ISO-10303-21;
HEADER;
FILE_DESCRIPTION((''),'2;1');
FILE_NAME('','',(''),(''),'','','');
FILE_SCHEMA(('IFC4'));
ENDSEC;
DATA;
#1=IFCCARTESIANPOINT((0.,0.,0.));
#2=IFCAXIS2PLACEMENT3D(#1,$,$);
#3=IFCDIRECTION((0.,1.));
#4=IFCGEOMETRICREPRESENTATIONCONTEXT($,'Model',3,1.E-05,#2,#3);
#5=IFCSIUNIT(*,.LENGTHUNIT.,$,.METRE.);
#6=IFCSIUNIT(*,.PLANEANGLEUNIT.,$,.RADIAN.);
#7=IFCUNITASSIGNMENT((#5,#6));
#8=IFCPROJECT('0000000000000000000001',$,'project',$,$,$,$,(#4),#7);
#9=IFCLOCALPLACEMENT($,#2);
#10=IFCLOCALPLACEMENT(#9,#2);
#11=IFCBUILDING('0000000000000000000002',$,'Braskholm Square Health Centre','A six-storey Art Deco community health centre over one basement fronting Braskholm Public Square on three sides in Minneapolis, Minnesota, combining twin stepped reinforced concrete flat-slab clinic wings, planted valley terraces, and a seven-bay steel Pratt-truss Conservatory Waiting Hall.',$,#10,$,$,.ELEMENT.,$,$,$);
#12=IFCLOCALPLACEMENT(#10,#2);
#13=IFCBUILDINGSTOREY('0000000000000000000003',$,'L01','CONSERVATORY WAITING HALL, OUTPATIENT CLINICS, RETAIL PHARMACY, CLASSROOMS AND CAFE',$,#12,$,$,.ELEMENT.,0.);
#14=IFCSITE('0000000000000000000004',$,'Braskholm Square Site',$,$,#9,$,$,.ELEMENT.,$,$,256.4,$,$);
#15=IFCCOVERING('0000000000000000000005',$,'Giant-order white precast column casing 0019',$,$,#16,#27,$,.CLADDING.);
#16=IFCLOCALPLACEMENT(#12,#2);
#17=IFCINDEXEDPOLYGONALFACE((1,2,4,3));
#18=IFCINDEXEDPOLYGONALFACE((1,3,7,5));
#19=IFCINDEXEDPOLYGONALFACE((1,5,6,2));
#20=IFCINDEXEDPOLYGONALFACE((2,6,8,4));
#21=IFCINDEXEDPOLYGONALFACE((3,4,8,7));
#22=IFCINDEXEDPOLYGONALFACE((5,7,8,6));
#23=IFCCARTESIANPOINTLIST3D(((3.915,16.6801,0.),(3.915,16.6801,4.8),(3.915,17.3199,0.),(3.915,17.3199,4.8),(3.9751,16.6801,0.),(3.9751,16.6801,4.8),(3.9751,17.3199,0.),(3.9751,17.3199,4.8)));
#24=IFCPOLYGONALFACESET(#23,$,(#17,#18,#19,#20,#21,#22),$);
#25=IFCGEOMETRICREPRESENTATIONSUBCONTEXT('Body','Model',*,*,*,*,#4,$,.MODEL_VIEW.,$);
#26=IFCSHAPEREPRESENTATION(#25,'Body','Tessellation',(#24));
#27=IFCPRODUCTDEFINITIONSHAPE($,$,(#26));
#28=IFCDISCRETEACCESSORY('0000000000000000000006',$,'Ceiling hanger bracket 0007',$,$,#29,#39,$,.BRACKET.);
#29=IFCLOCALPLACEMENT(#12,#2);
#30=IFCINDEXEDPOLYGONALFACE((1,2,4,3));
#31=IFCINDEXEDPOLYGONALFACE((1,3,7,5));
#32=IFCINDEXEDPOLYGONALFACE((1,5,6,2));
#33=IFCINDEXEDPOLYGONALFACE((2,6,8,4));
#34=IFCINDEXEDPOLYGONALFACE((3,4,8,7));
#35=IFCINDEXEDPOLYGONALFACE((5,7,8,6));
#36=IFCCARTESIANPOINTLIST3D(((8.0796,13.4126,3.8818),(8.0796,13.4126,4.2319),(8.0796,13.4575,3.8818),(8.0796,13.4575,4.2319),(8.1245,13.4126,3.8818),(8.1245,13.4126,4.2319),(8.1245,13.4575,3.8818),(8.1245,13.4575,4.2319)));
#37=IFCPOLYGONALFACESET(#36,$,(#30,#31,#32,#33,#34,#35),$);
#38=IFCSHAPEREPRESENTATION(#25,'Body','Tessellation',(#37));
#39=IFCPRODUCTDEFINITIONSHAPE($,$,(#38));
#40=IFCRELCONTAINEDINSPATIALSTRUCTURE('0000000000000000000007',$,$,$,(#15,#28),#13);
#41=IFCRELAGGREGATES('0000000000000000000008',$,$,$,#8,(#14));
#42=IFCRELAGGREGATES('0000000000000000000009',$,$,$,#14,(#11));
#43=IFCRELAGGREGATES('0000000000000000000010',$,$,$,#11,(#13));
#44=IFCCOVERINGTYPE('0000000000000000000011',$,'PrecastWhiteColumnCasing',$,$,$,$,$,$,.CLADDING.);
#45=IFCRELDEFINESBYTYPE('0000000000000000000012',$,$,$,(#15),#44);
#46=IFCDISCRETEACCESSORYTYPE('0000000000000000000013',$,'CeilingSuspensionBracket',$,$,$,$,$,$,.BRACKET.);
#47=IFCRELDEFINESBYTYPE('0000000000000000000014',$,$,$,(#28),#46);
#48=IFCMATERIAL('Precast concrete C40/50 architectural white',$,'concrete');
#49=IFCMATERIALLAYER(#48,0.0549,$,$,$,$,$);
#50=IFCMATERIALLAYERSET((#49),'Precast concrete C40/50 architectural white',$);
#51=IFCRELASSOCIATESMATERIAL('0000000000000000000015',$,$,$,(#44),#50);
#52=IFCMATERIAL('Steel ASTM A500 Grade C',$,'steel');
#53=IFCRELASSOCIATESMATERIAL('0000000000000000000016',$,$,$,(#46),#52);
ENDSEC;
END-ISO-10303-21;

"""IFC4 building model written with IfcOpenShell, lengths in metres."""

from ifc_helpers import new_model, si_unit, direction, frame, origin, origin_2d, place, context, subcontext, project, spatial, rectangle, extrude, material, layer, layer_set, type_object, element, save


model = new_model("IFC4")

# Units and contexts
model_context = context("Model", 3, precision=1e-05, world=origin(), true_north=direction((0.0, 1.0)))
body_context = subcontext(model_context, "Body", "Model", "MODEL_VIEW")
ifc_project = project(units=[si_unit("LENGTHUNIT", "METRE"), si_unit("PLANEANGLEUNIT", "RADIAN")], contexts=[model_context])

# Site, building, storey
site_placement = place(None, origin())
site = spatial("IfcSite", under=ifc_project, at=site_placement, Name="Braskholm Square Site", CompositionType="ELEMENT", RefElevation=256.4)
building_placement = place(site_placement, origin())
building = spatial("IfcBuilding", under=site, at=building_placement, Name="Braskholm Square Health Centre", Description="A six-storey Art Deco community health centre over one basement fronting Braskholm Public Square on three sides in Minneapolis, Minnesota, combining twin stepped reinforced concrete flat-slab clinic wings, planted valley terraces, and a seven-bay steel Pratt-truss Conservatory Waiting Hall.", CompositionType="ELEMENT")
storey_placement = place(building_placement, origin())
storey = spatial("IfcBuildingStorey", under=building, at=storey_placement, Name="L01", Description="CONSERVATORY WAITING HALL, OUTPATIENT CLINICS, RETAIL PHARMACY, CLASSROOMS AND CAFE", CompositionType="ELEMENT", Elevation=0.0)

# Shared definitions
ifc_material_1 = material(Name="Precast concrete C40/50 architectural white", Category="concrete")

# Covering
ifc_layer_1 = layer(ifc_material_1, 0.0549)
ifc_layer_set_1 = layer_set([ifc_layer_1], Name="Precast concrete C40/50 architectural white")
covering_type_1 = type_object("IfcCoveringType", Name="PrecastWhiteColumnCasing", PredefinedType="CLADDING", material=ifc_layer_set_1)
for number, where, z_axis, x_axis, name in (
    (1, (3.9451, 17.0, 0.0), (0.0, 0.0, 1.0), (1.0, 0.0, 0.0), "Giant-order white precast column casing 0019"),
):
    element("IfcCovering", number, at=place(storey_placement, frame(where, z_axis=z_axis, x_axis=x_axis)), inside=storey, type_object=covering_type_1, Name=name, PredefinedType="CLADDING", context=body_context, shape_type="SweptSolid", body=[
        extrude(rectangle(XDim=0.0601, YDim=0.6399, at=origin_2d()), origin(), (0.0, 0.0, 1.0), 4.8),
    ])

# Discrete accessory
ifc_material_2 = material(Name="Steel ASTM A500 Grade C", Category="steel")
discrete_accessory_type = type_object("IfcDiscreteAccessoryType", Name="CeilingSuspensionBracket", PredefinedType="BRACKET", material=ifc_material_2)
discrete_accessory_placement = place(storey_placement, frame((8.1021, 13.4351, 3.8818), z_axis=(0.0, 0.0, 1.0), x_axis=(1.0, 0.0, 0.0)))
element("IfcDiscreteAccessory", 2, at=discrete_accessory_placement, inside=storey, type_object=discrete_accessory_type, Name="Ceiling hanger bracket 0007", PredefinedType="BRACKET", context=body_context, shape_type="SweptSolid", body=[
    extrude(rectangle(XDim=0.0449, YDim=0.0449, at=origin_2d()), origin(), (0.0, 0.0, 1.0), 0.3501),
])

save(model, "model.ifc")
